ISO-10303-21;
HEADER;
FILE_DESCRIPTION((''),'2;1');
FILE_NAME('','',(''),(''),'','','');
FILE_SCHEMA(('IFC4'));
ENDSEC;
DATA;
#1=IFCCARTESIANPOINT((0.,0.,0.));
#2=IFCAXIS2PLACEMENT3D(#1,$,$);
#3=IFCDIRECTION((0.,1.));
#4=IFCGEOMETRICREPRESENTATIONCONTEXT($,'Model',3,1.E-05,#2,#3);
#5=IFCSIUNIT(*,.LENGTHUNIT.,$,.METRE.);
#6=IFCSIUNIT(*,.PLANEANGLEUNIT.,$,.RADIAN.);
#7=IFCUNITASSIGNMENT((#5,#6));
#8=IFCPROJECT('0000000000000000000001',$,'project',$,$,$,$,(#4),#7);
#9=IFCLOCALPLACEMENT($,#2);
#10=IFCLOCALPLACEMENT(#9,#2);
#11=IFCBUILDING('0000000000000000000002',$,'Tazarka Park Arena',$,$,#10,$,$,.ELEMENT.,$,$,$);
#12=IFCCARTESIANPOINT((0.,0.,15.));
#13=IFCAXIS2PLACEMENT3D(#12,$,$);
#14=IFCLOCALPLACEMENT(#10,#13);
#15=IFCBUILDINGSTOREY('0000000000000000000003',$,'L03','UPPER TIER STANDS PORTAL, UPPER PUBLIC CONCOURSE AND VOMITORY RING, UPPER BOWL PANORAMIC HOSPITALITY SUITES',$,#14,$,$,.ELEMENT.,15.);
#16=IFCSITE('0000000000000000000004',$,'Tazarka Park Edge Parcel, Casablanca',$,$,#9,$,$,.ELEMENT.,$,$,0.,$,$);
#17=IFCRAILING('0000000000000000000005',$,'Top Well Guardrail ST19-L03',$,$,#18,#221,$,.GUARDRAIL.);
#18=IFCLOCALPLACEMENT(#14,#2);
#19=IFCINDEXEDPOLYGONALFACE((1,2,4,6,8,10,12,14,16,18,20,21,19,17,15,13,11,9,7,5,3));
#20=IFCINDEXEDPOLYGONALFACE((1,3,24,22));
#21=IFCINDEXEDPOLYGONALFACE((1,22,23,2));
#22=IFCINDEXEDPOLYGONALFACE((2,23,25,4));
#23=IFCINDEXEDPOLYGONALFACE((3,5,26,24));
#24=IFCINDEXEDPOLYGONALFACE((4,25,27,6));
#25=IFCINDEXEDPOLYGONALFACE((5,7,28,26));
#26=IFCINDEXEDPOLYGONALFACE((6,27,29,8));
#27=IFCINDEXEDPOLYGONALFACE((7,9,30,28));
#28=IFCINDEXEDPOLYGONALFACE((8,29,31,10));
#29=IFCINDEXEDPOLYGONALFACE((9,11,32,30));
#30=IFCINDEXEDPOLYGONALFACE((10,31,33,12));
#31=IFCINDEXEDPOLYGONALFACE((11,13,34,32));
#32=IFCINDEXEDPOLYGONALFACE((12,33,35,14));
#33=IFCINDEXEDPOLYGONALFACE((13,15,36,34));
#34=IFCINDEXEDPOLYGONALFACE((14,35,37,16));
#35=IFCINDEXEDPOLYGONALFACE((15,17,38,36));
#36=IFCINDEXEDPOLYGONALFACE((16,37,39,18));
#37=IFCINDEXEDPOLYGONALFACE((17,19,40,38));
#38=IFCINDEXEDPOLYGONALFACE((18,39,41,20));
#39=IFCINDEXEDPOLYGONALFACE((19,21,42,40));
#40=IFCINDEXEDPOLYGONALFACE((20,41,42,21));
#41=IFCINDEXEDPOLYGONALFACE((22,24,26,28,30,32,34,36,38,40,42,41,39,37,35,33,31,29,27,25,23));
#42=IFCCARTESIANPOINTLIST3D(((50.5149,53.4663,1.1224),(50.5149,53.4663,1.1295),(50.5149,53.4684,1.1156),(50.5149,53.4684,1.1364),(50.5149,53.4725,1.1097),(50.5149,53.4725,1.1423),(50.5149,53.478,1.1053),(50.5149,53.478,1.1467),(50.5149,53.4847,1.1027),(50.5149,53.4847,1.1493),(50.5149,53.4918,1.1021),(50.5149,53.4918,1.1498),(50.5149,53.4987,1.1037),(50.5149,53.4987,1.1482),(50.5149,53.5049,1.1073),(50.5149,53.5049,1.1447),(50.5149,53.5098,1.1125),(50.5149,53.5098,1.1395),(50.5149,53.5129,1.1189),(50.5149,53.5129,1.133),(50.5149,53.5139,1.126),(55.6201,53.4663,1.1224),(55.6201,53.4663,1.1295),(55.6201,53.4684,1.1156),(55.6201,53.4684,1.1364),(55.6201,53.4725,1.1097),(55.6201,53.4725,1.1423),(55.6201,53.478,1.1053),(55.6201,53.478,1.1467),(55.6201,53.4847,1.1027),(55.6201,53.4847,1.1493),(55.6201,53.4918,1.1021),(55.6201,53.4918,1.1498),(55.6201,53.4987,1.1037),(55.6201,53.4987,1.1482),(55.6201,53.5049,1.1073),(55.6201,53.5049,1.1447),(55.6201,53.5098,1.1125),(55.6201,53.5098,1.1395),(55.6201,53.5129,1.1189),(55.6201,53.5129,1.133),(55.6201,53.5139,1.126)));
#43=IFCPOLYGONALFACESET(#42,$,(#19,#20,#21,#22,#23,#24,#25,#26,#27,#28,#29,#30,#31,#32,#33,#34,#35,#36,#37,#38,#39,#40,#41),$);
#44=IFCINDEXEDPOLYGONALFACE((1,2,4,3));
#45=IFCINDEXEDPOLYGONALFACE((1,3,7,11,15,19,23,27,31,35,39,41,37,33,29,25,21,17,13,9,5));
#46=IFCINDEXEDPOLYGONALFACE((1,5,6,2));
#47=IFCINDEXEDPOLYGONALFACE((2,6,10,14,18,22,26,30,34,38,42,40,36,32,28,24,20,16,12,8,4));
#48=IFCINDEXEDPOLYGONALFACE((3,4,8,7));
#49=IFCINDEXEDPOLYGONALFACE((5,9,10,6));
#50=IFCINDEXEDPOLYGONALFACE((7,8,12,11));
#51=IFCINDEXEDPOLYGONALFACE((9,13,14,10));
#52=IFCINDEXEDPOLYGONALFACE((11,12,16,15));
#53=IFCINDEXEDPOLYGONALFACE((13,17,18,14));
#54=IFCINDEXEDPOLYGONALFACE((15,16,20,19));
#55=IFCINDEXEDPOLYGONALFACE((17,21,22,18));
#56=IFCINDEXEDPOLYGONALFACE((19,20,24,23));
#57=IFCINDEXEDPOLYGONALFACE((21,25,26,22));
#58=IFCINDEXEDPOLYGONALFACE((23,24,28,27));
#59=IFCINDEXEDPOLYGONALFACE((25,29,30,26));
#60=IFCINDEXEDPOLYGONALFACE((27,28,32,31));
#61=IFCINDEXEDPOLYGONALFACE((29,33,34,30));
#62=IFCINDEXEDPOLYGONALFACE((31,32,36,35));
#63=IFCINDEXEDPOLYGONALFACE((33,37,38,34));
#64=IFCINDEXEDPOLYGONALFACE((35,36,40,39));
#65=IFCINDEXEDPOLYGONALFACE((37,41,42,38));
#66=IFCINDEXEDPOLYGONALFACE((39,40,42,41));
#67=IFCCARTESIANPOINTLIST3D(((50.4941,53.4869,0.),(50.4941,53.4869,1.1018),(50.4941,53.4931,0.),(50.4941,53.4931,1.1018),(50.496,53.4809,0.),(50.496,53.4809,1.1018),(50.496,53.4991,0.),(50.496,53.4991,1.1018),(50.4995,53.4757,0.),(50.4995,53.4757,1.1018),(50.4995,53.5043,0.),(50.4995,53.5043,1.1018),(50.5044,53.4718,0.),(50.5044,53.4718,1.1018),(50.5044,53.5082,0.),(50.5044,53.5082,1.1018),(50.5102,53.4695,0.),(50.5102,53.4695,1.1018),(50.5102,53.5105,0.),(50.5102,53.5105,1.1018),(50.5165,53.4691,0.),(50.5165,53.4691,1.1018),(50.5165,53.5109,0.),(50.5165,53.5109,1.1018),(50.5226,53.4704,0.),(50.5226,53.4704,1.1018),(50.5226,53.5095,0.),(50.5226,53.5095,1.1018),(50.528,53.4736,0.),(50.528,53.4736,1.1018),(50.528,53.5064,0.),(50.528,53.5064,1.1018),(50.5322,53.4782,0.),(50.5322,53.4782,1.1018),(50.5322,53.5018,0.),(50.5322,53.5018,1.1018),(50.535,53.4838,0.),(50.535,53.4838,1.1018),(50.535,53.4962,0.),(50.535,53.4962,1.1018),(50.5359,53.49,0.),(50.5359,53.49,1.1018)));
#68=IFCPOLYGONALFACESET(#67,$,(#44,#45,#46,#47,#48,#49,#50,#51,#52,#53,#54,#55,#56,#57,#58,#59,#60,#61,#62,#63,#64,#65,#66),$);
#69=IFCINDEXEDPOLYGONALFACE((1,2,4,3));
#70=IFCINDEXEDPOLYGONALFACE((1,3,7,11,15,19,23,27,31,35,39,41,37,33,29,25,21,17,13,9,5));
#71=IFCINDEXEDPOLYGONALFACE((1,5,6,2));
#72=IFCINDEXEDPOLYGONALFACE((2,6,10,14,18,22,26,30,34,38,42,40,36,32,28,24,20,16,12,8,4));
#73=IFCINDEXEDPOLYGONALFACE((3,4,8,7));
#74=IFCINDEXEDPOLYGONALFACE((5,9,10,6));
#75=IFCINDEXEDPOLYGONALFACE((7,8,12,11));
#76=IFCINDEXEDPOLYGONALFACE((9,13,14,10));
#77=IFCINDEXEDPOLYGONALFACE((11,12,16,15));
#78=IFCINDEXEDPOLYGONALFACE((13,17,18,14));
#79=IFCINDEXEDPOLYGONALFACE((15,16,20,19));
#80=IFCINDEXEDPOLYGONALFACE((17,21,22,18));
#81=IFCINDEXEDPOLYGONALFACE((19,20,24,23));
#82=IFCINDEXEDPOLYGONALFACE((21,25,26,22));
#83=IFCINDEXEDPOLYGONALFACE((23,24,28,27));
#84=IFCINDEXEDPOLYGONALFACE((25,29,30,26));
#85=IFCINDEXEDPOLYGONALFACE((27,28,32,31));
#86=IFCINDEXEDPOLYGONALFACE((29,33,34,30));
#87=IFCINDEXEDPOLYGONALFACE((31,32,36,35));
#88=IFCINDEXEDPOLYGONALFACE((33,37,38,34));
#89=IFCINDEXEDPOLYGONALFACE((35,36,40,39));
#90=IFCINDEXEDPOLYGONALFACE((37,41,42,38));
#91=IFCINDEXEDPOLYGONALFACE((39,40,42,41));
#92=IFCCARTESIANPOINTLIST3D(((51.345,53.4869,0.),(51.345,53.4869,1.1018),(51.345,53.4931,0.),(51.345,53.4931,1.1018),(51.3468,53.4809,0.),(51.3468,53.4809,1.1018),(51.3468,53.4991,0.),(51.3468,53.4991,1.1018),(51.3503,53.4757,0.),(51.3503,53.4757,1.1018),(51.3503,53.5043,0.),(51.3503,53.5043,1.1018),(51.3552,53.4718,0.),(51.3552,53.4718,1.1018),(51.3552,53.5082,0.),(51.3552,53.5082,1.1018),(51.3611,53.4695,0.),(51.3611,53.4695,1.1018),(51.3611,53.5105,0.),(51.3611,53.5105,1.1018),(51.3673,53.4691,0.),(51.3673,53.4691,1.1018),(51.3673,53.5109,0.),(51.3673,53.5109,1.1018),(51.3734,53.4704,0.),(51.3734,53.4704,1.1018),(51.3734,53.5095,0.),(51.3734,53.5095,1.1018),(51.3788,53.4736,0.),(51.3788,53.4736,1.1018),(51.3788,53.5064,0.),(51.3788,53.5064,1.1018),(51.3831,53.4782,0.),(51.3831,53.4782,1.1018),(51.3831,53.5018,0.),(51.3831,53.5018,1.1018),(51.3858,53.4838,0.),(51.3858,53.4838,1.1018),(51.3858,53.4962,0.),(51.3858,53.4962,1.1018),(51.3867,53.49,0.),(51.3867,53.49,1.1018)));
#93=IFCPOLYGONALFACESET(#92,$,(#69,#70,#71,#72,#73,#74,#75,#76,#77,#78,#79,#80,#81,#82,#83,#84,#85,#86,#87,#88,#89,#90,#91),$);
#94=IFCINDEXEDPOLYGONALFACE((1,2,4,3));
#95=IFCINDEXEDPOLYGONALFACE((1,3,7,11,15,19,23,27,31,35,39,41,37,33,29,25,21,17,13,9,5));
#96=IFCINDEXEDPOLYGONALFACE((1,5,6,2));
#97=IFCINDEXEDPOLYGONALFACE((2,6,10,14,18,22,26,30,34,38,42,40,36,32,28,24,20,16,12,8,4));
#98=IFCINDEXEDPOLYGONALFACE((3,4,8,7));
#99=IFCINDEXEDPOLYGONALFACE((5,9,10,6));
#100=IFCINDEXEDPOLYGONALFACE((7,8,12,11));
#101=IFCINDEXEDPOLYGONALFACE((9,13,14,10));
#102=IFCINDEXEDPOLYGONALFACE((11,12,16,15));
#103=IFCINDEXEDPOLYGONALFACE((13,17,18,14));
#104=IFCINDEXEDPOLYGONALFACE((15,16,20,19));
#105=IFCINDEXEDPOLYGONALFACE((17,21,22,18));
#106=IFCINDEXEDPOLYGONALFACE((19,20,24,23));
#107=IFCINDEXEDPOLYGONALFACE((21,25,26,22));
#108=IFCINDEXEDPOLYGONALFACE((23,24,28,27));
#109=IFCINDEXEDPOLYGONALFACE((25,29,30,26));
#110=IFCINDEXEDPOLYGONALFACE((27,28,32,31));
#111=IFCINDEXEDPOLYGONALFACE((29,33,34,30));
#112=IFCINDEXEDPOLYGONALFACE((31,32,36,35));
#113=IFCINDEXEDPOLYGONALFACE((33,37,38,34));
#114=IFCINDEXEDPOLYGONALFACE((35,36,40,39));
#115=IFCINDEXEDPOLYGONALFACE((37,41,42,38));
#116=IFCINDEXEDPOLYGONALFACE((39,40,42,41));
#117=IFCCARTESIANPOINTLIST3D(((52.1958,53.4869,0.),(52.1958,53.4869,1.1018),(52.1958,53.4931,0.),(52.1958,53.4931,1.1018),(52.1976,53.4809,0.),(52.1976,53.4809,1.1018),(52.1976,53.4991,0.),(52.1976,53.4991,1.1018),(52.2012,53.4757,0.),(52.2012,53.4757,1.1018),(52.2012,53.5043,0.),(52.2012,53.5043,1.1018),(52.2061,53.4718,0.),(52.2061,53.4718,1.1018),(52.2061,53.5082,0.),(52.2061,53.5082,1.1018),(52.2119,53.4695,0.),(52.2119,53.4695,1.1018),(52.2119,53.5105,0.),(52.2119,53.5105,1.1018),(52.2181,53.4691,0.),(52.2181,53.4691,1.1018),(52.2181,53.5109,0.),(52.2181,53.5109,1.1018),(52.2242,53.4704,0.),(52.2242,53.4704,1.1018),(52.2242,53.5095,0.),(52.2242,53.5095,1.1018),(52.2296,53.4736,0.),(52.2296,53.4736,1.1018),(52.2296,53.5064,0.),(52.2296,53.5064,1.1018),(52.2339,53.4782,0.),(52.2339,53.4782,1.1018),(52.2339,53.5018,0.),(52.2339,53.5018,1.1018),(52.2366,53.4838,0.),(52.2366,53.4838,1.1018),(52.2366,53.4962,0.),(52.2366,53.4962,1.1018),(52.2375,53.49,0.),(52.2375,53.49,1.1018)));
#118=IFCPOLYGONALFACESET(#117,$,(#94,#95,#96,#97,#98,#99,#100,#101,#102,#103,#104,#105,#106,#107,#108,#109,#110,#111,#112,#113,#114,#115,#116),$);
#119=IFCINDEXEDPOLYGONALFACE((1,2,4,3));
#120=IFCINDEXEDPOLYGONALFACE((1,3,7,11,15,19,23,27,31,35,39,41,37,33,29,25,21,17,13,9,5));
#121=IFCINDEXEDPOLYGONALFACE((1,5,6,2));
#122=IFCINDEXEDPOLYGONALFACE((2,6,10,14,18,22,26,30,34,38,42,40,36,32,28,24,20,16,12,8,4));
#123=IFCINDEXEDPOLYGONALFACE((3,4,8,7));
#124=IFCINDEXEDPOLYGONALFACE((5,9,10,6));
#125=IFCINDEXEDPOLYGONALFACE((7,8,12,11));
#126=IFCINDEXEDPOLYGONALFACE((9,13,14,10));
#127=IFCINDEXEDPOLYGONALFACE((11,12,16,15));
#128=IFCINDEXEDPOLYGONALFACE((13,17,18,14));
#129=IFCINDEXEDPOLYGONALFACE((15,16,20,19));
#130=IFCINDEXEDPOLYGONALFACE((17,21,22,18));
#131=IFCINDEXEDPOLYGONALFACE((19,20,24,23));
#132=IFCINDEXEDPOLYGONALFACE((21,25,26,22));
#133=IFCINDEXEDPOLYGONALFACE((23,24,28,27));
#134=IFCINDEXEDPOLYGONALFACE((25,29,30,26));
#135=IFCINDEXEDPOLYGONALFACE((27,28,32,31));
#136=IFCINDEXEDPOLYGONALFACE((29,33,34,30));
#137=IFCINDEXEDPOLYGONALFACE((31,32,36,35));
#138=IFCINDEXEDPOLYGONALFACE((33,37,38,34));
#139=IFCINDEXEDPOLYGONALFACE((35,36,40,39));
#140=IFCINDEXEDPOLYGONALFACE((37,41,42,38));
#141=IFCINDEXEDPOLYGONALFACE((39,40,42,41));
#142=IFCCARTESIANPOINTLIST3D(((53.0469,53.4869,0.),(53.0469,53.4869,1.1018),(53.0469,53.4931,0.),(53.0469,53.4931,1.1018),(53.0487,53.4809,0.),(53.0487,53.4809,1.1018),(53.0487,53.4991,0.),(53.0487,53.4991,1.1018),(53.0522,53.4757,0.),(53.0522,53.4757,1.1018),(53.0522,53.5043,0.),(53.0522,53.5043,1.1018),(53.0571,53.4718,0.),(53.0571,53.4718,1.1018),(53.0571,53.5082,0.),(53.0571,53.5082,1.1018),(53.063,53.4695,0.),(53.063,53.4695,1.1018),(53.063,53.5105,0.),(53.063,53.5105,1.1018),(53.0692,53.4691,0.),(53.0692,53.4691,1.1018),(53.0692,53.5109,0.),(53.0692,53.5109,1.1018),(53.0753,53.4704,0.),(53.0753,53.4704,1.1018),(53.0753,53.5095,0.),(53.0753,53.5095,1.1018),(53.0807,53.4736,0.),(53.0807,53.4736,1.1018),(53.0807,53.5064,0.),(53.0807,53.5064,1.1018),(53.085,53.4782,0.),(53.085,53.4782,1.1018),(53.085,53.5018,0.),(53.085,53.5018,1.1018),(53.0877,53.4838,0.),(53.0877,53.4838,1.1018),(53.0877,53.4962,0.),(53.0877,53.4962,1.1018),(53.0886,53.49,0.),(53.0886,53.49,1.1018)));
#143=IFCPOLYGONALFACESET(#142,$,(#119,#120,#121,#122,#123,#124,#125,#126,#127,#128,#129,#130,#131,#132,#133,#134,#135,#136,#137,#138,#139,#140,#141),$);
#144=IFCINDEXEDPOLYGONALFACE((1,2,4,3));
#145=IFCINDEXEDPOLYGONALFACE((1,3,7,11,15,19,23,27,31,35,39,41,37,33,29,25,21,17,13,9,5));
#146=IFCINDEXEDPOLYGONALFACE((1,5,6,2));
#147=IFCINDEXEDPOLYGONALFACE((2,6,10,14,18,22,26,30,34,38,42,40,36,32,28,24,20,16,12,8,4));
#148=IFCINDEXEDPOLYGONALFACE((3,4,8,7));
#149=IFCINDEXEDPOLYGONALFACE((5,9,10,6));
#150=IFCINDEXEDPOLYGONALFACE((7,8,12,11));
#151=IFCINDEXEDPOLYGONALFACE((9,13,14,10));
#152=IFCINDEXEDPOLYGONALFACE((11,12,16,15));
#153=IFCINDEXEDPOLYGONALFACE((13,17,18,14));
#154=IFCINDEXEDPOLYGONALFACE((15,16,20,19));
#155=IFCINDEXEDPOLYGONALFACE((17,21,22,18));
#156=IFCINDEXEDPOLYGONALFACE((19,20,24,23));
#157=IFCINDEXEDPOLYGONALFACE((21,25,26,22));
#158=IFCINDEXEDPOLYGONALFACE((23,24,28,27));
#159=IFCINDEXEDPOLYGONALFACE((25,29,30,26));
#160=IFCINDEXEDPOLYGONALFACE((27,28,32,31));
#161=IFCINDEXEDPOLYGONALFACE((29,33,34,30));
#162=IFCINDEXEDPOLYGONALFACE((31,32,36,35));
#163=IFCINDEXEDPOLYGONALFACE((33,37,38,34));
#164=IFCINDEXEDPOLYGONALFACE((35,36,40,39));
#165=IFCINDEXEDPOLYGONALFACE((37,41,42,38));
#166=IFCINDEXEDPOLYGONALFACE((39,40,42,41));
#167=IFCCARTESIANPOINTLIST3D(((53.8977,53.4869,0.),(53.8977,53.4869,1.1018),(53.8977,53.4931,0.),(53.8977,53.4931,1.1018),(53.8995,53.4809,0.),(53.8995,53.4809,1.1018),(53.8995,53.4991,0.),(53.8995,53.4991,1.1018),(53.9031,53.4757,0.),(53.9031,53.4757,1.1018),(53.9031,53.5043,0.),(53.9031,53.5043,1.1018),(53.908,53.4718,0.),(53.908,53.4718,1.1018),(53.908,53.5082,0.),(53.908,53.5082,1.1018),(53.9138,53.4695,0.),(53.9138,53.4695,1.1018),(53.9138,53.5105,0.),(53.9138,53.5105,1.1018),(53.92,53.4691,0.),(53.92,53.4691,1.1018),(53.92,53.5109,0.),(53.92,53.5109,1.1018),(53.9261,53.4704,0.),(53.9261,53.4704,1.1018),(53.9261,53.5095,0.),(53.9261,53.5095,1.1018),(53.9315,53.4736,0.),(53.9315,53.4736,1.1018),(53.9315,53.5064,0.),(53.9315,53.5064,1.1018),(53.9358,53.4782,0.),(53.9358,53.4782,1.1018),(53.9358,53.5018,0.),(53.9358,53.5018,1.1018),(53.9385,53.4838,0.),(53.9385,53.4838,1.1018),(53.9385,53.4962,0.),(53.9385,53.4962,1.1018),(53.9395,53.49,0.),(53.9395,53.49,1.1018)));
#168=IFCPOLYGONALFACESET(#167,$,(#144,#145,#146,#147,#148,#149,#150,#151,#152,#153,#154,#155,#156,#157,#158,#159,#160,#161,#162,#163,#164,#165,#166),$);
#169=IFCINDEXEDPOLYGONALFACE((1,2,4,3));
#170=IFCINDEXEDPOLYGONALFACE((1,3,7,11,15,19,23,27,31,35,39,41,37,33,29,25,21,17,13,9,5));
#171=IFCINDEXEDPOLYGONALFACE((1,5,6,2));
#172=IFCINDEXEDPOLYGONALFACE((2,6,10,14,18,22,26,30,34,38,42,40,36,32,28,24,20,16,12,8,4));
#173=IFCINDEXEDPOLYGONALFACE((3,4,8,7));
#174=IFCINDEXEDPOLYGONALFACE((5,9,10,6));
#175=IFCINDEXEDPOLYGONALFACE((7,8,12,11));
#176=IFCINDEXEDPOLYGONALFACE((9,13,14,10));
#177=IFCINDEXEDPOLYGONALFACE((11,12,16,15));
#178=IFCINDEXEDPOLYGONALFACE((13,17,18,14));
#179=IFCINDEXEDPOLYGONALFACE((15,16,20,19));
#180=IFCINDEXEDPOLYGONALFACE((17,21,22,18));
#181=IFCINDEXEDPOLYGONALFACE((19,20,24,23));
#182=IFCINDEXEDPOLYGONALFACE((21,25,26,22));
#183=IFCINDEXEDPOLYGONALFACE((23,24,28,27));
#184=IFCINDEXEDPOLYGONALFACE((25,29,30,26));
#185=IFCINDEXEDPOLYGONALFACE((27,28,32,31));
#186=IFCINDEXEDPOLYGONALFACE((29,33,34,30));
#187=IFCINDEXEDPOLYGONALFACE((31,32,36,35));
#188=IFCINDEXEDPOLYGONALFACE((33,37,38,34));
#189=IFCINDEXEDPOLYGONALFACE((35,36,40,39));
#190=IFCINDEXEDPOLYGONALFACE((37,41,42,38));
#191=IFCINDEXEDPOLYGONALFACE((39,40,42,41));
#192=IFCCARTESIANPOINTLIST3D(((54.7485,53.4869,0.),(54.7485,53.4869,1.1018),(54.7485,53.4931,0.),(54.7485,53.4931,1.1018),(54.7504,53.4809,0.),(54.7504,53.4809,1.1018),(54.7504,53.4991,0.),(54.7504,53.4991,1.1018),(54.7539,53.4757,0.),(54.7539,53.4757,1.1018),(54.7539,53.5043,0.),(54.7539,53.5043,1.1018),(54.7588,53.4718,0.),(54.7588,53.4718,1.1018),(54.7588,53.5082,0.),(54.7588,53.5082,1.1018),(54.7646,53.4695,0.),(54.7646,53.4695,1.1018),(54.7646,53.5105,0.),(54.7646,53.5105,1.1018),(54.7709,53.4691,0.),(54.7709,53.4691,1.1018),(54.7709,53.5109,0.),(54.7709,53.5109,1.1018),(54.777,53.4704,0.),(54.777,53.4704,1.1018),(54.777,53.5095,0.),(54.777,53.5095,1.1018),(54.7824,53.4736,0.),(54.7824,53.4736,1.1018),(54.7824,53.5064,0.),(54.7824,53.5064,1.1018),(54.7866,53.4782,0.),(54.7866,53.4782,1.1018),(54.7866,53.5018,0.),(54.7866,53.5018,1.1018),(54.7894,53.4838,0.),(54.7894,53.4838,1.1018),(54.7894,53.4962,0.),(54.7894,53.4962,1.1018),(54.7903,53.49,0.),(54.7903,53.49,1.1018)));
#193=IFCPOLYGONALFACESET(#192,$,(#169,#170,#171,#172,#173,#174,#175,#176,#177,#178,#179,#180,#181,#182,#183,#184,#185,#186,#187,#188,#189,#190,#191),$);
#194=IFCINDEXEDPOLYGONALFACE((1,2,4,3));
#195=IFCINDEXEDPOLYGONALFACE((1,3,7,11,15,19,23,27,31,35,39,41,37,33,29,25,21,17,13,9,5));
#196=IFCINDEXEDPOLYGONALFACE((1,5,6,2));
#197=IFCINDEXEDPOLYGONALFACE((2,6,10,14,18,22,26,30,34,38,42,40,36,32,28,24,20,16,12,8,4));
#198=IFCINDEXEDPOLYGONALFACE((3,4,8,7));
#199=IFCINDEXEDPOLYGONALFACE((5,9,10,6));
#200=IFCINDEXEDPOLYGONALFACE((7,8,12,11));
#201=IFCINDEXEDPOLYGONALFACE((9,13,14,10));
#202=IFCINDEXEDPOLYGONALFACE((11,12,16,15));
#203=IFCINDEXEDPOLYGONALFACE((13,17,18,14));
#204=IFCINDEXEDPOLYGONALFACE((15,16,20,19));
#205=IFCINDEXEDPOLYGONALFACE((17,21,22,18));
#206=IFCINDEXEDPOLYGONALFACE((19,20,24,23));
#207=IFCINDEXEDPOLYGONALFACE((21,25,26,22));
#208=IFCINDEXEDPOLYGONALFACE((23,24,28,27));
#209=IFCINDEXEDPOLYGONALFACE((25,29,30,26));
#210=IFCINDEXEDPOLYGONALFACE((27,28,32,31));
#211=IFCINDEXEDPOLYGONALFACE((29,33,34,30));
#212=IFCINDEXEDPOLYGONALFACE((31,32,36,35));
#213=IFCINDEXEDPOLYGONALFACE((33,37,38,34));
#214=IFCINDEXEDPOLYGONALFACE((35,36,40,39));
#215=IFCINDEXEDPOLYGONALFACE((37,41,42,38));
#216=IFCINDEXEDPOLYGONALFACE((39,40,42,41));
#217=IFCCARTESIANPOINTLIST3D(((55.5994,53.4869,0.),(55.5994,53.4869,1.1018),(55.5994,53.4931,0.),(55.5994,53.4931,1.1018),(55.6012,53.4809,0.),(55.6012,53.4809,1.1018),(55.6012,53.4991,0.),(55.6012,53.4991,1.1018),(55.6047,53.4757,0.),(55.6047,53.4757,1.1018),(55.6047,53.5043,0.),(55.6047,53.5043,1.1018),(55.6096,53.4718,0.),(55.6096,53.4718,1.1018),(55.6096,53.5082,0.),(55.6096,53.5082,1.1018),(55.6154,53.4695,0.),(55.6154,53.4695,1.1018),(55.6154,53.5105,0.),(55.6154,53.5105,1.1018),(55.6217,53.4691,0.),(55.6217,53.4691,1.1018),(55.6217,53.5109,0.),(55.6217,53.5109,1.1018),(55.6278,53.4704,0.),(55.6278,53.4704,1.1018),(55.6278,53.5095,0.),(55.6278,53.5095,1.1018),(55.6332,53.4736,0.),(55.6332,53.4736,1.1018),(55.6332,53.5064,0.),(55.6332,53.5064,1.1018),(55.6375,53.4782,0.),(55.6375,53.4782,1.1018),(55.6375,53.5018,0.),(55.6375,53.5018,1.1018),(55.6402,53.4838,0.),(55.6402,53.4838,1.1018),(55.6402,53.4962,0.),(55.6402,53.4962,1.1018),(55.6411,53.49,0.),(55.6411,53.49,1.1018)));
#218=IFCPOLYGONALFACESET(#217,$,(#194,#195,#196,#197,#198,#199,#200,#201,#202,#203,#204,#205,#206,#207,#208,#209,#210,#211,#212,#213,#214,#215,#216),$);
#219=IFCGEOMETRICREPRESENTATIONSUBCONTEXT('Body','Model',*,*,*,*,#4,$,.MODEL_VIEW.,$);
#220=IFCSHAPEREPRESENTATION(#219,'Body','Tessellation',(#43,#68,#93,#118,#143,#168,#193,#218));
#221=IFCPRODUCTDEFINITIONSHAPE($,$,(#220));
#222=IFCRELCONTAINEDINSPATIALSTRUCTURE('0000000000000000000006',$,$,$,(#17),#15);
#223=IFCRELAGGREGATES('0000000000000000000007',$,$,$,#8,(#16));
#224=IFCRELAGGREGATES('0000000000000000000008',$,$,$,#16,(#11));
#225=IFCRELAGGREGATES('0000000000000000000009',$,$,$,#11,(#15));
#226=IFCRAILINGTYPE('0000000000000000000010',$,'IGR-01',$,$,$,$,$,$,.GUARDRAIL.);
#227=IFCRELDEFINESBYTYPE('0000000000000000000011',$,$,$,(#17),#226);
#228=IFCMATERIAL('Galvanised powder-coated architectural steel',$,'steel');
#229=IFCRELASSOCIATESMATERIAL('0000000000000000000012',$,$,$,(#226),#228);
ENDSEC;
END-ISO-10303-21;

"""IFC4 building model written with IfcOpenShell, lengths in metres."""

from ifc_helpers import new_model, si_unit, direction, frame, origin, origin_2d, place, context, subcontext, project, spatial, circle, extrude, material, type_object, element, save


model = new_model("IFC4")

# Units and contexts
model_context = context("Model", 3, precision=1e-05, world=origin(), true_north=direction((0.0, 1.0)))
body_context = subcontext(model_context, "Body", "Model", "MODEL_VIEW")
ifc_project = project(units=[si_unit("LENGTHUNIT", "METRE"), si_unit("PLANEANGLEUNIT", "RADIAN")], contexts=[model_context])

# Site, building, storey
site_placement = place(None, origin())
site = spatial("IfcSite", under=ifc_project, at=site_placement, Name="Tazarka Park Edge Parcel, Casablanca", CompositionType="ELEMENT", RefElevation=0.0)
building_placement = place(site_placement, origin())
building = spatial("IfcBuilding", under=site, at=building_placement, Name="Tazarka Park Arena", CompositionType="ELEMENT")
storey_placement = place(building_placement, frame((0.0, 0.0, 15.0)))
storey = spatial("IfcBuildingStorey", under=building, at=storey_placement, Name="L03", Description="UPPER TIER STANDS PORTAL, UPPER PUBLIC CONCOURSE AND VOMITORY RING, UPPER BOWL PANORAMIC HOSPITALITY SUITES", CompositionType="ELEMENT", Elevation=15.0)

# Railing
ifc_material_1 = material(Name="Galvanised powder-coated architectural steel", Category="steel")
railing_type = type_object("IfcRailingType", Name="IGR-01", PredefinedType="GUARDRAIL", material=ifc_material_1)
railing_1_placement = place(storey_placement, frame((50.5149, 53.49, 0.0)))
element("IfcRailing", 1, at=railing_1_placement, inside=storey, type_object=railing_type, Name="Top Well Guardrail ST19-L03", PredefinedType="GUARDRAIL", context=body_context, shape_type="SweptSolid", body=[
    extrude(circle(Radius=0.0239, at=origin_2d()), frame((0.0, 0.0, 1.126), z_axis=(1.0, 0.0, 0.0), x_axis=(0.0, 1.0, 0.0)), (0.0, 0.0, 1.0), 5.1052),
    extrude(circle(Radius=0.021, at=origin_2d()), origin(), (0.0, 0.0, 1.0), 1.1018),
    extrude(circle(Radius=0.021, at=origin_2d()), frame((0.8508, 0.0, 0.0)), (0.0, 0.0, 1.0), 1.1018),
    extrude(circle(Radius=0.021, at=origin_2d()), frame((1.7017, 0.0, 0.0)), (0.0, 0.0, 1.0), 1.1018),
    extrude(circle(Radius=0.021, at=origin_2d()), frame((2.5527, 0.0, 0.0)), (0.0, 0.0, 1.0), 1.1018),
    extrude(circle(Radius=0.021, at=origin_2d()), frame((3.4036, 0.0, 0.0)), (0.0, 0.0, 1.0), 1.1018),
    extrude(circle(Radius=0.021, at=origin_2d()), frame((4.2544, 0.0, 0.0)), (0.0, 0.0, 1.0), 1.1018),
    extrude(circle(Radius=0.021, at=origin_2d()), frame((5.1052, 0.0, 0.0)), (0.0, 0.0, 1.0), 1.1018),
])

save(model, "model.ifc")
